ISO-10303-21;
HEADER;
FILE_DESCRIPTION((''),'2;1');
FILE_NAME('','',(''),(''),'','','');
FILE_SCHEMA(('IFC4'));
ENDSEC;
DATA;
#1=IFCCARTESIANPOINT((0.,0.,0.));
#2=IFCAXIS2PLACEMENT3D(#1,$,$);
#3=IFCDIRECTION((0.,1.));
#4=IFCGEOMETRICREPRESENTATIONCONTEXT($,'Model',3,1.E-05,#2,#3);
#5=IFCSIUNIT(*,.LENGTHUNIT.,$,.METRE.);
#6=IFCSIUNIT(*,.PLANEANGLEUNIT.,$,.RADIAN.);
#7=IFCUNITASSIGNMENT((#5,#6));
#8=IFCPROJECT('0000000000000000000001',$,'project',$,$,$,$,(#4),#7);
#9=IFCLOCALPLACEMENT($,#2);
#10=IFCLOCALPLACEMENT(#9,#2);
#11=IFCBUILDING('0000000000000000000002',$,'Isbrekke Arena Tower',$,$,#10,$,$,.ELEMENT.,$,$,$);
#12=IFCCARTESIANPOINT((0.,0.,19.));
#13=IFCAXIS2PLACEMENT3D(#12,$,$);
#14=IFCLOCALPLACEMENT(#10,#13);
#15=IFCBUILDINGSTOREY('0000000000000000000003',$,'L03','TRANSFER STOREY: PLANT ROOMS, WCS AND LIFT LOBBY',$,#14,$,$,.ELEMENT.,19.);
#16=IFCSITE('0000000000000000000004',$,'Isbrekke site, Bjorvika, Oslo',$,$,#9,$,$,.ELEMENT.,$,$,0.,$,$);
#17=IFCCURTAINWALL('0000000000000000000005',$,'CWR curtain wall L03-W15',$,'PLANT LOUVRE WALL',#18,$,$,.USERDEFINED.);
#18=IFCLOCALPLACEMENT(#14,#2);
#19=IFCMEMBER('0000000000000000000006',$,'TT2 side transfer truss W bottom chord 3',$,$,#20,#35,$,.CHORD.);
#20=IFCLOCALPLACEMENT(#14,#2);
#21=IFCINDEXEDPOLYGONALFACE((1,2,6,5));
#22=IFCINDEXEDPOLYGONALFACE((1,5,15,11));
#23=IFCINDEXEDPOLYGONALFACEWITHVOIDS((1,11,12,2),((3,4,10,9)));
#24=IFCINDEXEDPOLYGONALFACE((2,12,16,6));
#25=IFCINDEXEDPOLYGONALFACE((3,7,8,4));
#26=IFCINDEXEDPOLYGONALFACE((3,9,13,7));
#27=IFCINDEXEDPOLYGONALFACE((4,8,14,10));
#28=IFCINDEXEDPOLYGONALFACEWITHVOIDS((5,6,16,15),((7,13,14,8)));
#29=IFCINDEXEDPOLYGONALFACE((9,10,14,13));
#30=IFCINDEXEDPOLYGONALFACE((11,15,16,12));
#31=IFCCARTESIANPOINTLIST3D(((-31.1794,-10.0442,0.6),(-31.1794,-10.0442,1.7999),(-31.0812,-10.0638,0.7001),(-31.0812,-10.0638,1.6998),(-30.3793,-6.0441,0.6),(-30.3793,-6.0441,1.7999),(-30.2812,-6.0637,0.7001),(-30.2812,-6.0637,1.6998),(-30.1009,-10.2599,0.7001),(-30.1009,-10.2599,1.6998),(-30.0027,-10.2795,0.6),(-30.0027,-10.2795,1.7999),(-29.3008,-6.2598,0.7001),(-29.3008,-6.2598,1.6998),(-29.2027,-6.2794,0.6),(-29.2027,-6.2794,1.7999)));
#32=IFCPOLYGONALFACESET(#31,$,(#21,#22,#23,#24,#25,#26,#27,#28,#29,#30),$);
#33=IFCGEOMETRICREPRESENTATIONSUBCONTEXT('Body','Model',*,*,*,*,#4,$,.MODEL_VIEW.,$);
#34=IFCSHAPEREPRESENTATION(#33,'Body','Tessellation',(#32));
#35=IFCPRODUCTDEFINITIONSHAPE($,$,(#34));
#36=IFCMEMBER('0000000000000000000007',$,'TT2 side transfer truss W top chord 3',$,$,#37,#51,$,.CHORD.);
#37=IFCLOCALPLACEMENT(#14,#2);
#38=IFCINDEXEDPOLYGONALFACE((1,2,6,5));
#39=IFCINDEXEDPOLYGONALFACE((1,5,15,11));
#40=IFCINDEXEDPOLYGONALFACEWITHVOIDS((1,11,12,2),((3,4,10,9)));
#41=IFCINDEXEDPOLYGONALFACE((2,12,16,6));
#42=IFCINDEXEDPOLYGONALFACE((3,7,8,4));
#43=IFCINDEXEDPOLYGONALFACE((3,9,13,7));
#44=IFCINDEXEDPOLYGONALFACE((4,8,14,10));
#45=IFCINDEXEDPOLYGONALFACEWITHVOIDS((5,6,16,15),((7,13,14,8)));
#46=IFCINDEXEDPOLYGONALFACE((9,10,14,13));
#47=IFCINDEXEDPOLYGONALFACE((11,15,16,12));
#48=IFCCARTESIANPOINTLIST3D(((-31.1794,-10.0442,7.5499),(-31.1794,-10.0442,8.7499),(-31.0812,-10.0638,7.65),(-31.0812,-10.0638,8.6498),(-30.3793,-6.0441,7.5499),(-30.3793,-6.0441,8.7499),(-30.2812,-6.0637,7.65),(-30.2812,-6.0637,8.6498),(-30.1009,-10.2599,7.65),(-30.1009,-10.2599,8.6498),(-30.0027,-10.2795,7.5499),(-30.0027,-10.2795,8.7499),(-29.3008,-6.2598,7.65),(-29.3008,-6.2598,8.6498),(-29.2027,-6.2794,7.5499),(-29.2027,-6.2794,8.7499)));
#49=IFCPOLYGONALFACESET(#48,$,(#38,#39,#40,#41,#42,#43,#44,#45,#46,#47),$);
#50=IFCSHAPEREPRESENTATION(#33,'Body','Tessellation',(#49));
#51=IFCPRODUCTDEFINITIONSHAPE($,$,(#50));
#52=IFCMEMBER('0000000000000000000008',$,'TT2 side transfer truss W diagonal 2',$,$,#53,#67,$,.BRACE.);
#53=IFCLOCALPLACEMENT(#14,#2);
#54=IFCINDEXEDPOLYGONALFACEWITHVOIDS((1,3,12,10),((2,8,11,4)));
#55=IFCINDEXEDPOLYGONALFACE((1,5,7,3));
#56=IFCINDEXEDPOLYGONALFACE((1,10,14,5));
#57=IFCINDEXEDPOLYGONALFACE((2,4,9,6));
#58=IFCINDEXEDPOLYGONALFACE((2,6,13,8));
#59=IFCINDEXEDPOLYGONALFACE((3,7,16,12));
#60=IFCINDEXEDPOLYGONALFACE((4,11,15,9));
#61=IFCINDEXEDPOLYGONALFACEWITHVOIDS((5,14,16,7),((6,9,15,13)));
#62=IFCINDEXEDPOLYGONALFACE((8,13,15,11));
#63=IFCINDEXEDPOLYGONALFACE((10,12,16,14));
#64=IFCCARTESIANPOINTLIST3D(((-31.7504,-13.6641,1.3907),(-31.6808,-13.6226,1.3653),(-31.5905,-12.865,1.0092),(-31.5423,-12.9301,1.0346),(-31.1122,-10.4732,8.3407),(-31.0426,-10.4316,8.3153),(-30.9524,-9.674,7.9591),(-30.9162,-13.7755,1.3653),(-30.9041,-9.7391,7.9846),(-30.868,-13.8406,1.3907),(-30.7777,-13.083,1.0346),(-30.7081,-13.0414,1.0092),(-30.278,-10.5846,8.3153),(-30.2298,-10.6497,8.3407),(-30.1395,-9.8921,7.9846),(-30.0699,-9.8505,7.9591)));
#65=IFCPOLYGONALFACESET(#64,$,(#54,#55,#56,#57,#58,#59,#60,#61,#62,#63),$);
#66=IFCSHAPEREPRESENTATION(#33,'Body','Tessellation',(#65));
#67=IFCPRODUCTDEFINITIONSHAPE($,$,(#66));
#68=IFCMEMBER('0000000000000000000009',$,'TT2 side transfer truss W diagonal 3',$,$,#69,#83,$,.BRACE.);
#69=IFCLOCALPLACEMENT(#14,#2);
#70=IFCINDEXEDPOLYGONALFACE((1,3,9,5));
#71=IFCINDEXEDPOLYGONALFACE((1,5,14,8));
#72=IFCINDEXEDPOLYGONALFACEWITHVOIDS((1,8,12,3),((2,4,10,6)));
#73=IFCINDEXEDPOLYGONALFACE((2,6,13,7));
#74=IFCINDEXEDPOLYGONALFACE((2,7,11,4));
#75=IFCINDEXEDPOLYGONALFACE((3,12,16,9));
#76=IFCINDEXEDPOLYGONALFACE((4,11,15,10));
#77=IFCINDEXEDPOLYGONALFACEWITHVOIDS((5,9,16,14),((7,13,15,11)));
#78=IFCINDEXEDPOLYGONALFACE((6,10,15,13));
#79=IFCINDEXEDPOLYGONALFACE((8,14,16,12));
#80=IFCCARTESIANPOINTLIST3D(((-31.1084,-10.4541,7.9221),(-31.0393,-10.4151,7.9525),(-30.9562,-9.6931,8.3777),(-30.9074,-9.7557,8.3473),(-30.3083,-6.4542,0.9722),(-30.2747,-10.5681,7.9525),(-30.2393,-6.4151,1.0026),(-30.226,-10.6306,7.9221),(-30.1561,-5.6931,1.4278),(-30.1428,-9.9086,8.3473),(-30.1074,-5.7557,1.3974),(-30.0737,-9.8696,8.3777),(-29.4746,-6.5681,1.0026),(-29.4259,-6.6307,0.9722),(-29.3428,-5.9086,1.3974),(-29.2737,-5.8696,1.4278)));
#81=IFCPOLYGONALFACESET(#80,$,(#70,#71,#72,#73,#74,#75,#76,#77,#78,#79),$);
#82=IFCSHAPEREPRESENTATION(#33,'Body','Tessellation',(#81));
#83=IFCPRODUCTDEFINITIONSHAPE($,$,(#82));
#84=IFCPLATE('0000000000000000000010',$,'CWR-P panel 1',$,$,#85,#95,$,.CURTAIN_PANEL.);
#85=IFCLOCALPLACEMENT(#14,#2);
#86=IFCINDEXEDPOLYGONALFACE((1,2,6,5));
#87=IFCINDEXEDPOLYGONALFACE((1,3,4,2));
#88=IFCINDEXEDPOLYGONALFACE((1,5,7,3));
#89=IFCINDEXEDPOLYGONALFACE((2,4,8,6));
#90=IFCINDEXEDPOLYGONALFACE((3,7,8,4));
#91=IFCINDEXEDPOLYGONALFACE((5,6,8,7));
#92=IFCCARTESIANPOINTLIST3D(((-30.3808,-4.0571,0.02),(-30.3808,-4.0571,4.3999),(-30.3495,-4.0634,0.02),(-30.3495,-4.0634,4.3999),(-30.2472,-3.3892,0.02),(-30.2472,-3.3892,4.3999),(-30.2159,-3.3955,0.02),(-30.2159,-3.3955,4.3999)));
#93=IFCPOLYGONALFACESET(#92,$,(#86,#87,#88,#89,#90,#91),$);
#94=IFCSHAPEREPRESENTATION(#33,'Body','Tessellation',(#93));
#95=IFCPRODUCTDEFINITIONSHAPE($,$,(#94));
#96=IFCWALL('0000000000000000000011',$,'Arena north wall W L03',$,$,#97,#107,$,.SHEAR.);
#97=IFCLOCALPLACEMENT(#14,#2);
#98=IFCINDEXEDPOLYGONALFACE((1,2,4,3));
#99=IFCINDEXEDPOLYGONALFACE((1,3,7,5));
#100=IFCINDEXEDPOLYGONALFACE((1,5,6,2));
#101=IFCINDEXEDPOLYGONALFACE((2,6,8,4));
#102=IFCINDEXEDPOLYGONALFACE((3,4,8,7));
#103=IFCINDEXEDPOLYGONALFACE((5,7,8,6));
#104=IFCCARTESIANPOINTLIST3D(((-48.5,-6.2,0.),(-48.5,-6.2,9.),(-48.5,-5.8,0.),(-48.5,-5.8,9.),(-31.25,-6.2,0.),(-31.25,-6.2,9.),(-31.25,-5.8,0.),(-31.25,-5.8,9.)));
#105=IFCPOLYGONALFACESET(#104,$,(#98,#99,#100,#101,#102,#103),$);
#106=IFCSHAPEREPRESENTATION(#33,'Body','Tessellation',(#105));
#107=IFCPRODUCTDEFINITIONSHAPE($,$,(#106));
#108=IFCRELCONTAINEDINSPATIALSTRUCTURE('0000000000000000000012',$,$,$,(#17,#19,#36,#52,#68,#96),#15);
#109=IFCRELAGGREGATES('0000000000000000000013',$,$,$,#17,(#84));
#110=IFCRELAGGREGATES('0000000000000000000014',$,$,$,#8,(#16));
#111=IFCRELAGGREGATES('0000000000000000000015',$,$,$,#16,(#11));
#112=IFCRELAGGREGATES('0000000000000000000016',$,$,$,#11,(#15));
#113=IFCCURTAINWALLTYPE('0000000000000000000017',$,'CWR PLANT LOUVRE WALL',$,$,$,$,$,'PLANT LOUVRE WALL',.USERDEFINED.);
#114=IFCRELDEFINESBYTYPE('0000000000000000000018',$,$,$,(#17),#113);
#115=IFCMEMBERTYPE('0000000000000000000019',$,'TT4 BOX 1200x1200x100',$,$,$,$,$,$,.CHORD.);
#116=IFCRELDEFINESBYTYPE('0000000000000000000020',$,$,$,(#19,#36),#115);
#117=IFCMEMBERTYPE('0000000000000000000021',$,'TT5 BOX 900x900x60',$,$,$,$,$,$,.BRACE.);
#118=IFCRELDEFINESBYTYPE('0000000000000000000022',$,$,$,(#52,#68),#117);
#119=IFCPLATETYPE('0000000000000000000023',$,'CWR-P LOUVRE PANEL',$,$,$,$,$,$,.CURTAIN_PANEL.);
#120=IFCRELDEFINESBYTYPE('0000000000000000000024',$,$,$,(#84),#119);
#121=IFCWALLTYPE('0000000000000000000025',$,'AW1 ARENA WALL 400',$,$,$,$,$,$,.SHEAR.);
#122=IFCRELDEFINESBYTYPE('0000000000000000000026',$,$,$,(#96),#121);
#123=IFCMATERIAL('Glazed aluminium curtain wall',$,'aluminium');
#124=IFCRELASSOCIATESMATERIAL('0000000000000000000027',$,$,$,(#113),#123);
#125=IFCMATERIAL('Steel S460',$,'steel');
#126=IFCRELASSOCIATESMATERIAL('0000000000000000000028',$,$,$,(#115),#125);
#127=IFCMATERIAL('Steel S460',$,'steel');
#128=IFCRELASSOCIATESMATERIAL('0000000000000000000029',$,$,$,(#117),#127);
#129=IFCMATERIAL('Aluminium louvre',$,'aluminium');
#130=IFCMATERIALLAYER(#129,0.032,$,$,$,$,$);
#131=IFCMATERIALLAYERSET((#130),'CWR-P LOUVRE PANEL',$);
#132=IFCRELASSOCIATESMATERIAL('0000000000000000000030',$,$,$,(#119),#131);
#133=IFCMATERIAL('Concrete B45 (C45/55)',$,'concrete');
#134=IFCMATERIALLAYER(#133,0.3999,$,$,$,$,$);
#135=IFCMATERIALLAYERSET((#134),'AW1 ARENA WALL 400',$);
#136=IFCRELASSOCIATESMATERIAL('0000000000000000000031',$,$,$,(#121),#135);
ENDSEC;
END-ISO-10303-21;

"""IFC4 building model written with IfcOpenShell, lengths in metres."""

from ifc_helpers import new_model, si_unit, direction, frame, frame_2d, origin, origin_2d, place, context, subcontext, project, spatial, rectangle, hollow_rectangle, extrude, material, layer, layer_set, material_profile, profile_set, type_object, element, aggregate, save


model = new_model("IFC4")

# Units and contexts
model_context = context("Model", 3, precision=1e-05, world=origin(), true_north=direction((0.0, 1.0)))
body_context = subcontext(model_context, "Body", "Model", "MODEL_VIEW")
ifc_project = project(units=[si_unit("LENGTHUNIT", "METRE"), si_unit("PLANEANGLEUNIT", "RADIAN")], contexts=[model_context])

# Site, building, storey
site_placement = place(None, origin())
site = spatial("IfcSite", under=ifc_project, at=site_placement, Name="Isbrekke site, Bjorvika, Oslo", CompositionType="ELEMENT", RefElevation=0.0)
building_placement = place(site_placement, origin())
building = spatial("IfcBuilding", under=site, at=building_placement, Name="Isbrekke Arena Tower", CompositionType="ELEMENT")
storey_placement = place(building_placement, frame((0.0, 0.0, 19.0)))
storey = spatial("IfcBuildingStorey", under=building, at=storey_placement, Name="L03", Description="TRANSFER STOREY: PLANT ROOMS, WCS AND LIFT LOBBY", CompositionType="ELEMENT", Elevation=19.0)

# Shared definitions
ifc_material_1 = material(Name="Glazed aluminium curtain wall", Category="aluminium")
curtain_wall_type = type_object("IfcCurtainWallType", Name="CWR PLANT LOUVRE WALL", ElementType="PLANT LOUVRE WALL", PredefinedType="USERDEFINED", material=ifc_material_1)

# Curtain wall
curtain_wall_1_placement = place(storey_placement, origin())
curtain_wall_1 = element("IfcCurtainWall", 1, at=curtain_wall_1_placement, inside=storey, type_object=curtain_wall_type, Name="CWR curtain wall L03-W15", ObjectType="PLANT LOUVRE WALL", PredefinedType="USERDEFINED")

# Members
ifc_material_2 = material(Name="Steel S460", Category="steel")
ifc_material_profile_1 = material_profile(ifc_material_2, hollow_rectangle(XDim=1.2, YDim=1.2, WallThickness=0.1001, at=origin_2d()), Name="BOX 1200x1200x100")
ifc_profile_set_1 = profile_set([ifc_material_profile_1], Name="Steel S460")
member_type_1 = type_object("IfcMemberType", Name="TT4 BOX 1200x1200x100", PredefinedType="CHORD", material=ifc_profile_set_1)
for number, where, z_axis, x_axis, name in (
    (2, (-30.5911, -10.1619, 1.2), (0.196128, 0.980578, 0.0), (-0.980578, 0.196128, 0.0), "TT2 side transfer truss W bottom chord 3"),
    (3, (-30.5911, -10.1619, 8.1499), (0.196128, 0.980578, 0.0), (-0.980578, 0.196128, 0.0), "TT2 side transfer truss W top chord 3"),
):
    element("IfcMember", number, at=place(storey_placement, frame(where, z_axis=z_axis, x_axis=x_axis)), inside=storey, type_object=member_type_1, Name=name, PredefinedType="CHORD", context=body_context, shape_type="SweptSolid", body=[
        extrude(hollow_rectangle(XDim=1.2, YDim=1.2, WallThickness=0.1001, at=origin_2d()), origin(), (0.0, 0.0, 1.0), 4.0793),
    ])
ifc_material_3 = material(Name="Steel S460", Category="steel")
ifc_material_profile_2 = material_profile(ifc_material_3, hollow_rectangle(XDim=0.8999, YDim=0.8999, WallThickness=0.0601, at=origin_2d()), Name="BOX 900x900x60")
ifc_profile_set_2 = profile_set([ifc_material_profile_2], Name="Steel S460")
member_type_2 = type_object("IfcMemberType", Name="TT5 BOX 900x900x60", PredefinedType="BRACE", material=ifc_profile_set_2)
member_1_placement = place(storey_placement, frame((-31.2292, -13.3528, 1.2), z_axis=(0.083161, 0.415806, 0.905643), x_axis=(-0.980581, 0.196116, 0.0)))
element("IfcMember", 4, at=member_1_placement, inside=storey, type_object=member_type_2, Name="TT2 side transfer truss W diagonal 2", PredefinedType="BRACE", context=body_context, shape_type="SweptSolid", body=[
    extrude(hollow_rectangle(XDim=0.8999, YDim=0.8999, WallThickness=0.0601, at=origin_2d()), origin(), (0.0, 0.0, 1.0), 7.6741),
])
member_2_placement = place(storey_placement, frame((-30.5911, -10.1619, 8.1499), z_axis=(0.099278, 0.496361, -0.862421), x_axis=(-0.980578, 0.196128, 0.0)))
element("IfcMember", 5, at=member_2_placement, inside=storey, type_object=member_type_2, Name="TT2 side transfer truss W diagonal 3", PredefinedType="BRACE", context=body_context, shape_type="SweptSolid", body=[
    extrude(hollow_rectangle(XDim=0.8999, YDim=0.8999, WallThickness=0.0601, at=origin_2d()), origin(), (0.0, 0.0, 1.0), 8.0586),
])

# Plate
ifc_material_4 = material(Name="Aluminium louvre", Category="aluminium")
ifc_layer_1 = layer(ifc_material_4, 0.032)
ifc_layer_set_1 = layer_set([ifc_layer_1], Name="CWR-P LOUVRE PANEL")
plate_type = type_object("IfcPlateType", Name="CWR-P LOUVRE PANEL", PredefinedType="CURTAIN_PANEL", material=ifc_layer_set_1)
plate_placement = place(storey_placement, frame((-30.2983, -3.7263, 0.02), z_axis=(0.0, 0.0, 1.0), x_axis=(-0.196116, -0.980581, 0.0)))
plate = element("IfcPlate", 6, at=plate_placement, type_object=plate_type, Name="CWR-P panel 1", PredefinedType="CURTAIN_PANEL", context=body_context, shape_type="SweptSolid", body=[
    extrude(rectangle(XDim=0.6812, YDim=0.032, at=origin_2d()), origin(), (0.0, 0.0, 1.0), 4.3799),
])
aggregate(curtain_wall_1, [plate])

# Wall
ifc_material_5 = material(Name="Concrete B45 (C45/55)", Category="concrete")
ifc_layer_2 = layer(ifc_material_5, 0.3999)
ifc_layer_set_2 = layer_set([ifc_layer_2], Name="AW1 ARENA WALL 400")
wall_type_1 = type_object("IfcWallType", Name="AW1 ARENA WALL 400", PredefinedType="SHEAR", material=ifc_layer_set_2)
wall_1_placement = place(storey_placement, frame((-48.5, -6.0, 0.0), z_axis=(0.0, 0.0, 1.0), x_axis=(1.0, 0.0, 0.0)))
element("IfcWall", 7, at=wall_1_placement, inside=storey, type_object=wall_type_1, Name="Arena north wall W L03", PredefinedType="SHEAR", context=body_context, shape_type="SweptSolid", body=[
    extrude(rectangle(XDim=17.25, YDim=0.3999, at=frame_2d((8.625, 0.0))), origin(), (0.0, 0.0, 1.0), 9.0),
])

save(model, "model.ifc")
